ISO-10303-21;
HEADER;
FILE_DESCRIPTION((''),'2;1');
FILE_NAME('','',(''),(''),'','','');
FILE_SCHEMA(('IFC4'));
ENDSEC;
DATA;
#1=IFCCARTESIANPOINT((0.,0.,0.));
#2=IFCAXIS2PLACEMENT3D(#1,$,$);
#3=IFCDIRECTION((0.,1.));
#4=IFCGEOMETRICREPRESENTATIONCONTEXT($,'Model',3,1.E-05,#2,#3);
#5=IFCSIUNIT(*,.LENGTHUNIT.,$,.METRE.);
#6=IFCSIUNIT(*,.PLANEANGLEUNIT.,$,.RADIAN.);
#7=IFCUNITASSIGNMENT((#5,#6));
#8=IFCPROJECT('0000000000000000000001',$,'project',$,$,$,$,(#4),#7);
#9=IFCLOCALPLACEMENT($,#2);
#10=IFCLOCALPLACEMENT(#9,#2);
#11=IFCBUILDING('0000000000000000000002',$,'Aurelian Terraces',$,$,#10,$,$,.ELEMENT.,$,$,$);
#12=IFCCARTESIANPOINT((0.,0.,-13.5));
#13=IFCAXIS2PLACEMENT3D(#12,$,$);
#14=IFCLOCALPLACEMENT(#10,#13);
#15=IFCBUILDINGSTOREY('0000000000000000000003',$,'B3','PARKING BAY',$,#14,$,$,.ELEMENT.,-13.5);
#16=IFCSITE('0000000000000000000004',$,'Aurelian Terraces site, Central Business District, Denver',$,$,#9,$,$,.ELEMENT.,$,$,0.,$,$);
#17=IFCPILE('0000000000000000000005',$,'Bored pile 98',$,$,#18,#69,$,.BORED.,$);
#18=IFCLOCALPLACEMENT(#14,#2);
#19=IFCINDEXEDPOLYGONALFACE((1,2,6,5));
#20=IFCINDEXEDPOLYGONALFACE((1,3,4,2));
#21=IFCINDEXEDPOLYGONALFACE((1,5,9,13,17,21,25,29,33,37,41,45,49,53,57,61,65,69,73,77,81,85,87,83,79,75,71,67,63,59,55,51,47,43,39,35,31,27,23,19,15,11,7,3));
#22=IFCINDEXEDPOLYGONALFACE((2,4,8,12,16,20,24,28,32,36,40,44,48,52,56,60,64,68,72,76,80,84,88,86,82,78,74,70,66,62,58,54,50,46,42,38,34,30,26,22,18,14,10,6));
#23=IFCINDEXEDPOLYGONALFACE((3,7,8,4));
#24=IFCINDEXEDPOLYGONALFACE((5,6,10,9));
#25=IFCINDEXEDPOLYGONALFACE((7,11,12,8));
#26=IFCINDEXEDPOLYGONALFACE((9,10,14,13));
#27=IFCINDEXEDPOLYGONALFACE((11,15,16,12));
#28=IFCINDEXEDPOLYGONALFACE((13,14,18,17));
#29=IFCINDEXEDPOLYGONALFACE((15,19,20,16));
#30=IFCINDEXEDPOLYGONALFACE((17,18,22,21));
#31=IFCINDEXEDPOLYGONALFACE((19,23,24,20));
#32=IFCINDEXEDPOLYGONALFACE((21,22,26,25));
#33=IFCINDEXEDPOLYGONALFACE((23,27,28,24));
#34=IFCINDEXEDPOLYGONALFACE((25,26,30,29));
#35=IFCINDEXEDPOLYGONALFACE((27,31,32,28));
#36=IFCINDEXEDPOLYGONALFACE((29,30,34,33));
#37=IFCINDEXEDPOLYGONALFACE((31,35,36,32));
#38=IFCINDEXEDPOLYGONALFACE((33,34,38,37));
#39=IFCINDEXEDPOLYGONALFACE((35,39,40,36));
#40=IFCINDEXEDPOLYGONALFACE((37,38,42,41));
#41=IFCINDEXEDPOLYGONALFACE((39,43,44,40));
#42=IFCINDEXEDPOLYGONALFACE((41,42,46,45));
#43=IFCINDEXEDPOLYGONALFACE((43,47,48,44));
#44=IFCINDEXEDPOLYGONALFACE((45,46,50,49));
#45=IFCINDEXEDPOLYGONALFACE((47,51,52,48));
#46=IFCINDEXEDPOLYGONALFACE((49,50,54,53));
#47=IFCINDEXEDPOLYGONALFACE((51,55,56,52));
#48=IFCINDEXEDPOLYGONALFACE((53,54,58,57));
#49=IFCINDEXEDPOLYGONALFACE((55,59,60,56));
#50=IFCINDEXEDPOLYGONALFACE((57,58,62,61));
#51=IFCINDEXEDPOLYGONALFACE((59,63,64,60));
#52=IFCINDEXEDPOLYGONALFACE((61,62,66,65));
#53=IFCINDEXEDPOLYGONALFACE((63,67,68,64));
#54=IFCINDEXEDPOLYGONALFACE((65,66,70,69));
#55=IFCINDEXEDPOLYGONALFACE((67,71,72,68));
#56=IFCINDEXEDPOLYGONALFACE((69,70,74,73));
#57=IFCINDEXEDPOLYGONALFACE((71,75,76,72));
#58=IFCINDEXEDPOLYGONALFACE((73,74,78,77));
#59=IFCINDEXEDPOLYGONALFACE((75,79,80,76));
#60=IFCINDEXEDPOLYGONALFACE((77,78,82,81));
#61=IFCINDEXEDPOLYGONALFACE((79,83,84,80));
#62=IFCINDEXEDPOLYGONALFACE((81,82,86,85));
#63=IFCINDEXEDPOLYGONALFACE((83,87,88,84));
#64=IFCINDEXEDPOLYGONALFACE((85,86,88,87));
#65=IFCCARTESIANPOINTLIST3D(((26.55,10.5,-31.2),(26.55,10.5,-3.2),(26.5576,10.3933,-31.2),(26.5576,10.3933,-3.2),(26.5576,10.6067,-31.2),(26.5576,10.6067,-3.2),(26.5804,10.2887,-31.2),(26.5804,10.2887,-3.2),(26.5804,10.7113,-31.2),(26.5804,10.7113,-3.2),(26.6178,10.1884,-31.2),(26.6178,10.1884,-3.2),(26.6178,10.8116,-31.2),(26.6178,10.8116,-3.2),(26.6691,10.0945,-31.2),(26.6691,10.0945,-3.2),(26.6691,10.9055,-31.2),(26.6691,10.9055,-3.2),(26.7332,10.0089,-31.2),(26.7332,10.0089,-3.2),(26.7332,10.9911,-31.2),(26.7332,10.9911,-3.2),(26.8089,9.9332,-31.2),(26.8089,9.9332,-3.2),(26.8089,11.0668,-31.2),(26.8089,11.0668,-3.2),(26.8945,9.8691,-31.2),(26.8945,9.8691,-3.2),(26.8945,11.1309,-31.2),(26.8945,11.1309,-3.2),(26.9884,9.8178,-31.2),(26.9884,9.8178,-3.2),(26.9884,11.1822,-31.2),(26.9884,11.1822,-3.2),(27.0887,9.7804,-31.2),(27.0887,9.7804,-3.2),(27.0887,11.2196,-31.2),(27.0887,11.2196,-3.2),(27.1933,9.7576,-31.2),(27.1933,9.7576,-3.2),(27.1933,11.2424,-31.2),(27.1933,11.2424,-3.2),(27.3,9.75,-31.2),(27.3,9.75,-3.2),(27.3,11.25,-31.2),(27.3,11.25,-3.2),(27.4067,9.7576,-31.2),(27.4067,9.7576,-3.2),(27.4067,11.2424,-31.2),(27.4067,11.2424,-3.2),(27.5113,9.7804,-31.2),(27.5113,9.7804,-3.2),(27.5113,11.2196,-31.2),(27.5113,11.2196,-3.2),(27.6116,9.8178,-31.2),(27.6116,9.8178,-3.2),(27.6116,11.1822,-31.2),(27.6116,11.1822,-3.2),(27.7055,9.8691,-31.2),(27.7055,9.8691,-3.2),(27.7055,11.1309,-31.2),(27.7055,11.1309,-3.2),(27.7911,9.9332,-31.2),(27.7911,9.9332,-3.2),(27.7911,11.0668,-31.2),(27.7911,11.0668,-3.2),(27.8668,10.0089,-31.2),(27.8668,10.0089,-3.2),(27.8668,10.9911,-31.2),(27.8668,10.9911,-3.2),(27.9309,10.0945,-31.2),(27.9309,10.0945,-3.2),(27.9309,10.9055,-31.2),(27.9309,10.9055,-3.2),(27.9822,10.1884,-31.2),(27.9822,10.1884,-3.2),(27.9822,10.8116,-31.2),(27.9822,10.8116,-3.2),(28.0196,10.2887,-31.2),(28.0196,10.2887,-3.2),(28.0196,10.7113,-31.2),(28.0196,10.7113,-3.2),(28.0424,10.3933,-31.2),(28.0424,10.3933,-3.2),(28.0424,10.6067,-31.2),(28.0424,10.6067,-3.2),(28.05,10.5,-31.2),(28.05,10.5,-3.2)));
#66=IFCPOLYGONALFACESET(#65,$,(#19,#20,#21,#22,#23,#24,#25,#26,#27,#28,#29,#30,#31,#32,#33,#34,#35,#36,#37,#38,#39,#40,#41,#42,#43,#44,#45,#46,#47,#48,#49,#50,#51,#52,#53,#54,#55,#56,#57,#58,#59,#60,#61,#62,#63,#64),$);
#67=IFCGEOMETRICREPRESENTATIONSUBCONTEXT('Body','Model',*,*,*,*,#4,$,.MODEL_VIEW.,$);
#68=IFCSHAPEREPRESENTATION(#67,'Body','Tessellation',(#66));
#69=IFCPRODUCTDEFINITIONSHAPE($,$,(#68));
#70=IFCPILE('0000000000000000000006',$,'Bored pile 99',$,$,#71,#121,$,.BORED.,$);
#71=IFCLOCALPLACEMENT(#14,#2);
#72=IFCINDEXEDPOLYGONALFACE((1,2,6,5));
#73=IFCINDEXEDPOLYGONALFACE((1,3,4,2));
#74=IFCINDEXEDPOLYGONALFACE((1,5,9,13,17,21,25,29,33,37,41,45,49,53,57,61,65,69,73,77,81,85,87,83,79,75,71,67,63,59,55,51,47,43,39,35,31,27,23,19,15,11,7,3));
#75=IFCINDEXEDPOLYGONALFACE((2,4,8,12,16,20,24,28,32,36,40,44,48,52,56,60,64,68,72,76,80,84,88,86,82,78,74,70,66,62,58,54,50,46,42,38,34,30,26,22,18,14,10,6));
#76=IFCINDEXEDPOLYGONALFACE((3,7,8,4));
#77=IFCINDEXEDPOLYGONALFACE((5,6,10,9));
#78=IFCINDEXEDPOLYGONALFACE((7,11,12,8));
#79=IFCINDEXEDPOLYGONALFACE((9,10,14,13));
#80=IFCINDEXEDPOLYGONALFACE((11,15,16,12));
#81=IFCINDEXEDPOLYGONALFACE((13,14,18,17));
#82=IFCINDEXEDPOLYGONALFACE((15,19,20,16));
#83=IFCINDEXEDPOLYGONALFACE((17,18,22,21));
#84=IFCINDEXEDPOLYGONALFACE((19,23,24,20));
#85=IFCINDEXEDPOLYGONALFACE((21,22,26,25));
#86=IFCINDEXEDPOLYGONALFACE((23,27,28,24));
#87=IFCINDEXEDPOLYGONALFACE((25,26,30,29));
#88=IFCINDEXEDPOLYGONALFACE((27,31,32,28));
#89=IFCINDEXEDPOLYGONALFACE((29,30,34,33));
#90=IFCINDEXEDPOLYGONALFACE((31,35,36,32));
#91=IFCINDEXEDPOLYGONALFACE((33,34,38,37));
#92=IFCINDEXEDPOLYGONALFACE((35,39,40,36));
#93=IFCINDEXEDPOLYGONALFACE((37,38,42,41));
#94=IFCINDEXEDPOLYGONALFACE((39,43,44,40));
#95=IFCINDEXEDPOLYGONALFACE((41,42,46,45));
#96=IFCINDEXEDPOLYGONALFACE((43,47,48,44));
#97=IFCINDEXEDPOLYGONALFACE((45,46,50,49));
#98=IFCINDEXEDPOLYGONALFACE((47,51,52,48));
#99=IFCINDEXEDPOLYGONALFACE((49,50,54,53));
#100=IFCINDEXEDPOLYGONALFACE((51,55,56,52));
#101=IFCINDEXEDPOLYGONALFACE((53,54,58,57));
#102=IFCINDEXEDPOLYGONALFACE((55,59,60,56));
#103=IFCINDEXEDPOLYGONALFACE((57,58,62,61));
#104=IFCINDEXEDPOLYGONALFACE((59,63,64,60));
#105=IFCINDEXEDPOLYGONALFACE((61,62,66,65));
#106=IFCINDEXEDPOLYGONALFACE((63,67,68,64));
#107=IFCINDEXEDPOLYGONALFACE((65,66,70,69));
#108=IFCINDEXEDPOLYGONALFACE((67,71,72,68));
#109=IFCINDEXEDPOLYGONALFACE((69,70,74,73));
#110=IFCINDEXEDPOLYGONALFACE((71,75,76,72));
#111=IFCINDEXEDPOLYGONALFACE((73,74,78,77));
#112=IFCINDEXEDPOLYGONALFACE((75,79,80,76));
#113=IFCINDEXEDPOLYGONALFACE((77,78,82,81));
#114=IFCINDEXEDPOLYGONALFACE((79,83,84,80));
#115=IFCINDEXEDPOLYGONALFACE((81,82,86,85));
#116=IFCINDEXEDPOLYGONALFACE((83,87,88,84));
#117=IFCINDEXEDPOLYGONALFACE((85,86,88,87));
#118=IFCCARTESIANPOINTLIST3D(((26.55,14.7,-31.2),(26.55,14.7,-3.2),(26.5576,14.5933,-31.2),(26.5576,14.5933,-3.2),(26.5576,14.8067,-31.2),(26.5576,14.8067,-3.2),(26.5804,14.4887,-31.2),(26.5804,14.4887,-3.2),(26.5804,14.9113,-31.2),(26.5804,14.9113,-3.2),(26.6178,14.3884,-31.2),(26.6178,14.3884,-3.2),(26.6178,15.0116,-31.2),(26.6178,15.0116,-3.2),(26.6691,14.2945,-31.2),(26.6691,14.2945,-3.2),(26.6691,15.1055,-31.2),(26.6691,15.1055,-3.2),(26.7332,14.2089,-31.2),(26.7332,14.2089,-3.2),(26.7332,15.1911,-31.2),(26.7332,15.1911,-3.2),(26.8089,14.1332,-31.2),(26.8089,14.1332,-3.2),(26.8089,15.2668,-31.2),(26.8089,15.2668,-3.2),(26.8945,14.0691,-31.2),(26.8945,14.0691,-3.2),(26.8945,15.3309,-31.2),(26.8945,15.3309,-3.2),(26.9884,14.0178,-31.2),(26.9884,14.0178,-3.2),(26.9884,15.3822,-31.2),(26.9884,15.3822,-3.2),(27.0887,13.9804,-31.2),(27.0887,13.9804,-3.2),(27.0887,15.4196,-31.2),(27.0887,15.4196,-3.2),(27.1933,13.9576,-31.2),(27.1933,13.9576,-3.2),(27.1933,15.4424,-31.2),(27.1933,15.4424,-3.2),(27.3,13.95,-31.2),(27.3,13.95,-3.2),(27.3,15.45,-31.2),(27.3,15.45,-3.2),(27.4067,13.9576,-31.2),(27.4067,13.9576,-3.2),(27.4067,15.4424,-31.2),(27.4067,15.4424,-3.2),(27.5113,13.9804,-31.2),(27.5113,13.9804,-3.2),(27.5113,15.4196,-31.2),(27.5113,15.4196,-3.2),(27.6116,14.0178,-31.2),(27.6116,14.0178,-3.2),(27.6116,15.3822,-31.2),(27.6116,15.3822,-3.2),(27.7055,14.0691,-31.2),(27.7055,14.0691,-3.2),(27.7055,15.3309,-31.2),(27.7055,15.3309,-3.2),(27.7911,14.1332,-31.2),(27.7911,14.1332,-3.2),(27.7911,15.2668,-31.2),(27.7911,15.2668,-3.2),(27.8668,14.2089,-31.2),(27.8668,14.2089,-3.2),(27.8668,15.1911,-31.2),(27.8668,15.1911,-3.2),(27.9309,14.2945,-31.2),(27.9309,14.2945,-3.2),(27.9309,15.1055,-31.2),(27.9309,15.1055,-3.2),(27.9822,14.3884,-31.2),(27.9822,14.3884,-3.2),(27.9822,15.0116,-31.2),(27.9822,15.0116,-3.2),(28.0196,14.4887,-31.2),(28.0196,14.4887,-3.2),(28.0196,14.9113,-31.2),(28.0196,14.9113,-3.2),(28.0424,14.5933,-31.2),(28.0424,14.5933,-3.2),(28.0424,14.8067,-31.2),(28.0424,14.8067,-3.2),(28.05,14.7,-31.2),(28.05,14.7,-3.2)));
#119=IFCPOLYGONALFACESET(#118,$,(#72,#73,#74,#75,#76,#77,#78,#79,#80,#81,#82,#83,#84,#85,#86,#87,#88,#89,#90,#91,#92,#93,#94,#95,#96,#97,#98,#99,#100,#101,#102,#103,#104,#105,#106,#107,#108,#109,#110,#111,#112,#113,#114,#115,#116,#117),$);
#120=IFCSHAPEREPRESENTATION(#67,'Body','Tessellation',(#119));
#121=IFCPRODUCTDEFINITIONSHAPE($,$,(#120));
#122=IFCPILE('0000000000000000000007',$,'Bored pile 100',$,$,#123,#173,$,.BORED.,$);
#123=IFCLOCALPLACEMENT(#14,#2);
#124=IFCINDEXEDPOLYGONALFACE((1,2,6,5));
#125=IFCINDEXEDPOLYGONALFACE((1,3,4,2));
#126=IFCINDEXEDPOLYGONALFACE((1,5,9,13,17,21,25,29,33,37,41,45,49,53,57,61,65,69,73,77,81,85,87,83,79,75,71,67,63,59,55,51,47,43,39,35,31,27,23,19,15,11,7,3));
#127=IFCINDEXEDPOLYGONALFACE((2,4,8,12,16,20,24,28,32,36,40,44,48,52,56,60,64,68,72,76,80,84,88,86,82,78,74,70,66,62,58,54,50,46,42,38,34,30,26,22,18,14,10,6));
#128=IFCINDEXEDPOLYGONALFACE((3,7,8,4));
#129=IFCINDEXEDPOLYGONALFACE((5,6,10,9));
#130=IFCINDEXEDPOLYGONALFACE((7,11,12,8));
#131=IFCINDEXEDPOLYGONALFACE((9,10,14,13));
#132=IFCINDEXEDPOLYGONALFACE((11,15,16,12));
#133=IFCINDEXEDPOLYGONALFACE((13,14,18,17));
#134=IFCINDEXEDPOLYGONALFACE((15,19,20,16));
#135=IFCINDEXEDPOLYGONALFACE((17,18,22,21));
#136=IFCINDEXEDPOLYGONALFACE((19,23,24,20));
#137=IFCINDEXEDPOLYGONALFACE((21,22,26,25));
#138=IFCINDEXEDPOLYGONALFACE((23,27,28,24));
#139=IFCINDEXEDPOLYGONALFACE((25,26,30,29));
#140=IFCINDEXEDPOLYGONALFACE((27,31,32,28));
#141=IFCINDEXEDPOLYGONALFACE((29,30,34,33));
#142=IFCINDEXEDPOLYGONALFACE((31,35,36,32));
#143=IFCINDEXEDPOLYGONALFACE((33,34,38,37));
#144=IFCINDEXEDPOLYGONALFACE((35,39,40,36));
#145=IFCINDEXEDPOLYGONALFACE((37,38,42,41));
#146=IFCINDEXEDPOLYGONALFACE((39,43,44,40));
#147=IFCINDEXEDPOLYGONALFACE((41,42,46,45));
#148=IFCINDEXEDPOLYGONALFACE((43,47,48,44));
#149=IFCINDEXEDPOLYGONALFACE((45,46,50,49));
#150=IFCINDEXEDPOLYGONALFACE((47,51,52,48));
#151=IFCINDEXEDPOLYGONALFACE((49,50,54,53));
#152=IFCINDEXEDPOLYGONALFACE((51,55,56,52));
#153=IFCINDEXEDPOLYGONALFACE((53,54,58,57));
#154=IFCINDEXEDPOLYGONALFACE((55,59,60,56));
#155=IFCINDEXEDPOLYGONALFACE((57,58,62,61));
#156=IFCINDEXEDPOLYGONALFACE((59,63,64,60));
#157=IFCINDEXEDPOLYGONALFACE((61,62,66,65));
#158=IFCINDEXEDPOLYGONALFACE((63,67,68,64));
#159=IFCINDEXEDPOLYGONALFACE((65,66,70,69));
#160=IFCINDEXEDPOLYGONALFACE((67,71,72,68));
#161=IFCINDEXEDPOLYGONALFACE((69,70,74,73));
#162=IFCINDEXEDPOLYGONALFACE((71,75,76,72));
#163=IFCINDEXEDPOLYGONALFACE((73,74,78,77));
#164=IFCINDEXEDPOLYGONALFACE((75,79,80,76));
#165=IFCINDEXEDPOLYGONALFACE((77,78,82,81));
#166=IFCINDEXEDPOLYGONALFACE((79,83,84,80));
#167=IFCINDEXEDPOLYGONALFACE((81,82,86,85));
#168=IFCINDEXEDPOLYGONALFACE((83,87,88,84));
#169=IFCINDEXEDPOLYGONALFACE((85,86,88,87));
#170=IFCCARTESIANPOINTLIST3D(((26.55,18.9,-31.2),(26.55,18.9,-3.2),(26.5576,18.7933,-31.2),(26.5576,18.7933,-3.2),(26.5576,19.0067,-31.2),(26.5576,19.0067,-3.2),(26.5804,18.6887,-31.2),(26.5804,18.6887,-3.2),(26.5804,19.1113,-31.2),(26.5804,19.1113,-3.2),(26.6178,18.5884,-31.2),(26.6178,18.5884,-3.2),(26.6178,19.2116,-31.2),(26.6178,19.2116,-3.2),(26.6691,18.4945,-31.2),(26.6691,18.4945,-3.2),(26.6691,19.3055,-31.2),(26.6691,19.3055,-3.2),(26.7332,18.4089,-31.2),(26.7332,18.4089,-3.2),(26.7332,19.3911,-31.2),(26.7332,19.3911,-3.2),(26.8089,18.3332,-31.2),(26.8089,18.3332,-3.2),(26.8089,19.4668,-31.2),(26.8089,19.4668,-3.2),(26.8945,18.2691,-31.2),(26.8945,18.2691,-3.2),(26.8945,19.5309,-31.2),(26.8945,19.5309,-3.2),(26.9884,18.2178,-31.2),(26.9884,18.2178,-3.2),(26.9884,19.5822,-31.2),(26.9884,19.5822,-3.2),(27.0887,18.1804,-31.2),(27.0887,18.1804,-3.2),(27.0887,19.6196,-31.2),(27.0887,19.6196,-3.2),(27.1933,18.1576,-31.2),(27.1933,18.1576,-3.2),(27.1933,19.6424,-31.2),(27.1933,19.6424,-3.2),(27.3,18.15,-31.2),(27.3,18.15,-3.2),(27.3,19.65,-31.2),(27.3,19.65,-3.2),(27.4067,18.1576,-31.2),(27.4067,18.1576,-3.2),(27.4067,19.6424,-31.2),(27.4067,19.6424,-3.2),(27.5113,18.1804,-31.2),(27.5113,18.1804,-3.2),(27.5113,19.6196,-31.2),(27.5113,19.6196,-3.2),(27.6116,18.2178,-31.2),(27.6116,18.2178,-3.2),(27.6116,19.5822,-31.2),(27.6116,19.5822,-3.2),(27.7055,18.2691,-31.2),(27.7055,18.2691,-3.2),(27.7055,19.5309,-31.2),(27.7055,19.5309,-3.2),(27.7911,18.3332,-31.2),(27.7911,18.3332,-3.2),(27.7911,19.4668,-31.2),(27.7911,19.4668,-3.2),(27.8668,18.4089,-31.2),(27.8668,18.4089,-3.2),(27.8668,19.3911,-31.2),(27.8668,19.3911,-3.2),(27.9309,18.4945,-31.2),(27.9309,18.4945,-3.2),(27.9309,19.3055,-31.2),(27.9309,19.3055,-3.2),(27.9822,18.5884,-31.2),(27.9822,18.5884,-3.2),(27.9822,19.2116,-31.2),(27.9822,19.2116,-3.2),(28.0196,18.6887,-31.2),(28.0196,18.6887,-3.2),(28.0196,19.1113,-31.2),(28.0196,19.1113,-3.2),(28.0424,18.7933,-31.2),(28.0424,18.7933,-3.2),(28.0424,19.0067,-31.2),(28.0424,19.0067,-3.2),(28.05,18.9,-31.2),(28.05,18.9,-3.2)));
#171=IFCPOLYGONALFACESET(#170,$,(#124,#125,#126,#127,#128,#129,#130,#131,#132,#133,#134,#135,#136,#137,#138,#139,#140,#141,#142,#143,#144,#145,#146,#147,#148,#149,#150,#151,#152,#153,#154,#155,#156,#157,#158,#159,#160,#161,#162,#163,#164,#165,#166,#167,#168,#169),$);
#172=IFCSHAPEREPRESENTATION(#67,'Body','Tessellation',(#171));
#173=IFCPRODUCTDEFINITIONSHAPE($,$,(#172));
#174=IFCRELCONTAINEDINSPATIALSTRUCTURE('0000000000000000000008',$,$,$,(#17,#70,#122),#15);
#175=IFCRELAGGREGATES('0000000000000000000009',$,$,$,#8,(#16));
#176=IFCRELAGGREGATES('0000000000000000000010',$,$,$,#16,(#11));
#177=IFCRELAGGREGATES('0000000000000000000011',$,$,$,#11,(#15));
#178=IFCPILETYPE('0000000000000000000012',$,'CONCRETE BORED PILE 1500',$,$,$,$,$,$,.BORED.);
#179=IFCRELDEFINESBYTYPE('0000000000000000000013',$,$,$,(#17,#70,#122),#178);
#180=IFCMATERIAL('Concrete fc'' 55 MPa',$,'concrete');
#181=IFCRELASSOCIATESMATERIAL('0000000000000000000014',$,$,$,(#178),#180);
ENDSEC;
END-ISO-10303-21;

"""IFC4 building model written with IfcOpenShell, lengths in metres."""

from ifc_helpers import new_model, si_unit, direction, frame, origin, origin_2d, place, context, subcontext, project, spatial, circle, extrude, source, transform, mapped, material, material_profile, profile_set, type_object, element, save


model = new_model("IFC4")

# Units and contexts
model_context = context("Model", 3, precision=1e-05, world=origin(), true_north=direction((0.0, 1.0)))
body_context = subcontext(model_context, "Body", "Model", "MODEL_VIEW")
ifc_project = project(units=[si_unit("LENGTHUNIT", "METRE"), si_unit("PLANEANGLEUNIT", "RADIAN")], contexts=[model_context])

# Site, building, storey
site_placement = place(None, origin())
site = spatial("IfcSite", under=ifc_project, at=site_placement, Name="Aurelian Terraces site, Central Business District, Denver", CompositionType="ELEMENT", RefElevation=0.0)
building_placement = place(site_placement, origin())
building = spatial("IfcBuilding", under=site, at=building_placement, Name="Aurelian Terraces", CompositionType="ELEMENT")
storey_placement = place(building_placement, frame((0.0, 0.0, -13.5)))
storey = spatial("IfcBuildingStorey", under=building, at=storey_placement, Name="B3", Description="PARKING BAY", CompositionType="ELEMENT", Elevation=-13.5)

# Piles
ifc_material_1 = material(Name="Concrete fc' 55 MPa", Category="concrete")
ifc_material_profile_1 = material_profile(ifc_material_1, circle(Radius=0.75, at=origin_2d()))
ifc_profile_set_1 = profile_set([ifc_material_profile_1], Name="Concrete fc' 55 MPa")
pile_type = type_object("IfcPileType", Name="CONCRETE BORED PILE 1500", PredefinedType="BORED", material=ifc_profile_set_1)
shared_shape_1 = source(origin(), body_context, "Body", "SweptSolid", [
    extrude(circle(Radius=0.75, at=origin_2d()), origin(), (0.0, 0.0, 1.0), 28.0),
])
for number, where, z_axis, x_axis, name in (
    (1, (27.3, 10.5, -3.2), (0.0, 0.0, -1.0), (1.0, 0.0, 0.0), "Bored pile 98"),
    (2, (27.3, 14.7, -3.2), (0.0, 0.0, -1.0), (1.0, 0.0, 0.0), "Bored pile 99"),
    (3, (27.3, 18.9, -3.2), (0.0, 0.0, -1.0), (1.0, 0.0, 0.0), "Bored pile 100"),
):
    element("IfcPile", number, at=place(storey_placement, frame(where, z_axis=z_axis, x_axis=x_axis)), inside=storey, type_object=pile_type, Name=name, PredefinedType="BORED", context=body_context, shape_type="MappedRepresentation", body=[
        mapped(shared_shape_1, transform((0.0, 0.0, 0.0), scale=1.0)),
    ])

save(model, "model.ifc")
